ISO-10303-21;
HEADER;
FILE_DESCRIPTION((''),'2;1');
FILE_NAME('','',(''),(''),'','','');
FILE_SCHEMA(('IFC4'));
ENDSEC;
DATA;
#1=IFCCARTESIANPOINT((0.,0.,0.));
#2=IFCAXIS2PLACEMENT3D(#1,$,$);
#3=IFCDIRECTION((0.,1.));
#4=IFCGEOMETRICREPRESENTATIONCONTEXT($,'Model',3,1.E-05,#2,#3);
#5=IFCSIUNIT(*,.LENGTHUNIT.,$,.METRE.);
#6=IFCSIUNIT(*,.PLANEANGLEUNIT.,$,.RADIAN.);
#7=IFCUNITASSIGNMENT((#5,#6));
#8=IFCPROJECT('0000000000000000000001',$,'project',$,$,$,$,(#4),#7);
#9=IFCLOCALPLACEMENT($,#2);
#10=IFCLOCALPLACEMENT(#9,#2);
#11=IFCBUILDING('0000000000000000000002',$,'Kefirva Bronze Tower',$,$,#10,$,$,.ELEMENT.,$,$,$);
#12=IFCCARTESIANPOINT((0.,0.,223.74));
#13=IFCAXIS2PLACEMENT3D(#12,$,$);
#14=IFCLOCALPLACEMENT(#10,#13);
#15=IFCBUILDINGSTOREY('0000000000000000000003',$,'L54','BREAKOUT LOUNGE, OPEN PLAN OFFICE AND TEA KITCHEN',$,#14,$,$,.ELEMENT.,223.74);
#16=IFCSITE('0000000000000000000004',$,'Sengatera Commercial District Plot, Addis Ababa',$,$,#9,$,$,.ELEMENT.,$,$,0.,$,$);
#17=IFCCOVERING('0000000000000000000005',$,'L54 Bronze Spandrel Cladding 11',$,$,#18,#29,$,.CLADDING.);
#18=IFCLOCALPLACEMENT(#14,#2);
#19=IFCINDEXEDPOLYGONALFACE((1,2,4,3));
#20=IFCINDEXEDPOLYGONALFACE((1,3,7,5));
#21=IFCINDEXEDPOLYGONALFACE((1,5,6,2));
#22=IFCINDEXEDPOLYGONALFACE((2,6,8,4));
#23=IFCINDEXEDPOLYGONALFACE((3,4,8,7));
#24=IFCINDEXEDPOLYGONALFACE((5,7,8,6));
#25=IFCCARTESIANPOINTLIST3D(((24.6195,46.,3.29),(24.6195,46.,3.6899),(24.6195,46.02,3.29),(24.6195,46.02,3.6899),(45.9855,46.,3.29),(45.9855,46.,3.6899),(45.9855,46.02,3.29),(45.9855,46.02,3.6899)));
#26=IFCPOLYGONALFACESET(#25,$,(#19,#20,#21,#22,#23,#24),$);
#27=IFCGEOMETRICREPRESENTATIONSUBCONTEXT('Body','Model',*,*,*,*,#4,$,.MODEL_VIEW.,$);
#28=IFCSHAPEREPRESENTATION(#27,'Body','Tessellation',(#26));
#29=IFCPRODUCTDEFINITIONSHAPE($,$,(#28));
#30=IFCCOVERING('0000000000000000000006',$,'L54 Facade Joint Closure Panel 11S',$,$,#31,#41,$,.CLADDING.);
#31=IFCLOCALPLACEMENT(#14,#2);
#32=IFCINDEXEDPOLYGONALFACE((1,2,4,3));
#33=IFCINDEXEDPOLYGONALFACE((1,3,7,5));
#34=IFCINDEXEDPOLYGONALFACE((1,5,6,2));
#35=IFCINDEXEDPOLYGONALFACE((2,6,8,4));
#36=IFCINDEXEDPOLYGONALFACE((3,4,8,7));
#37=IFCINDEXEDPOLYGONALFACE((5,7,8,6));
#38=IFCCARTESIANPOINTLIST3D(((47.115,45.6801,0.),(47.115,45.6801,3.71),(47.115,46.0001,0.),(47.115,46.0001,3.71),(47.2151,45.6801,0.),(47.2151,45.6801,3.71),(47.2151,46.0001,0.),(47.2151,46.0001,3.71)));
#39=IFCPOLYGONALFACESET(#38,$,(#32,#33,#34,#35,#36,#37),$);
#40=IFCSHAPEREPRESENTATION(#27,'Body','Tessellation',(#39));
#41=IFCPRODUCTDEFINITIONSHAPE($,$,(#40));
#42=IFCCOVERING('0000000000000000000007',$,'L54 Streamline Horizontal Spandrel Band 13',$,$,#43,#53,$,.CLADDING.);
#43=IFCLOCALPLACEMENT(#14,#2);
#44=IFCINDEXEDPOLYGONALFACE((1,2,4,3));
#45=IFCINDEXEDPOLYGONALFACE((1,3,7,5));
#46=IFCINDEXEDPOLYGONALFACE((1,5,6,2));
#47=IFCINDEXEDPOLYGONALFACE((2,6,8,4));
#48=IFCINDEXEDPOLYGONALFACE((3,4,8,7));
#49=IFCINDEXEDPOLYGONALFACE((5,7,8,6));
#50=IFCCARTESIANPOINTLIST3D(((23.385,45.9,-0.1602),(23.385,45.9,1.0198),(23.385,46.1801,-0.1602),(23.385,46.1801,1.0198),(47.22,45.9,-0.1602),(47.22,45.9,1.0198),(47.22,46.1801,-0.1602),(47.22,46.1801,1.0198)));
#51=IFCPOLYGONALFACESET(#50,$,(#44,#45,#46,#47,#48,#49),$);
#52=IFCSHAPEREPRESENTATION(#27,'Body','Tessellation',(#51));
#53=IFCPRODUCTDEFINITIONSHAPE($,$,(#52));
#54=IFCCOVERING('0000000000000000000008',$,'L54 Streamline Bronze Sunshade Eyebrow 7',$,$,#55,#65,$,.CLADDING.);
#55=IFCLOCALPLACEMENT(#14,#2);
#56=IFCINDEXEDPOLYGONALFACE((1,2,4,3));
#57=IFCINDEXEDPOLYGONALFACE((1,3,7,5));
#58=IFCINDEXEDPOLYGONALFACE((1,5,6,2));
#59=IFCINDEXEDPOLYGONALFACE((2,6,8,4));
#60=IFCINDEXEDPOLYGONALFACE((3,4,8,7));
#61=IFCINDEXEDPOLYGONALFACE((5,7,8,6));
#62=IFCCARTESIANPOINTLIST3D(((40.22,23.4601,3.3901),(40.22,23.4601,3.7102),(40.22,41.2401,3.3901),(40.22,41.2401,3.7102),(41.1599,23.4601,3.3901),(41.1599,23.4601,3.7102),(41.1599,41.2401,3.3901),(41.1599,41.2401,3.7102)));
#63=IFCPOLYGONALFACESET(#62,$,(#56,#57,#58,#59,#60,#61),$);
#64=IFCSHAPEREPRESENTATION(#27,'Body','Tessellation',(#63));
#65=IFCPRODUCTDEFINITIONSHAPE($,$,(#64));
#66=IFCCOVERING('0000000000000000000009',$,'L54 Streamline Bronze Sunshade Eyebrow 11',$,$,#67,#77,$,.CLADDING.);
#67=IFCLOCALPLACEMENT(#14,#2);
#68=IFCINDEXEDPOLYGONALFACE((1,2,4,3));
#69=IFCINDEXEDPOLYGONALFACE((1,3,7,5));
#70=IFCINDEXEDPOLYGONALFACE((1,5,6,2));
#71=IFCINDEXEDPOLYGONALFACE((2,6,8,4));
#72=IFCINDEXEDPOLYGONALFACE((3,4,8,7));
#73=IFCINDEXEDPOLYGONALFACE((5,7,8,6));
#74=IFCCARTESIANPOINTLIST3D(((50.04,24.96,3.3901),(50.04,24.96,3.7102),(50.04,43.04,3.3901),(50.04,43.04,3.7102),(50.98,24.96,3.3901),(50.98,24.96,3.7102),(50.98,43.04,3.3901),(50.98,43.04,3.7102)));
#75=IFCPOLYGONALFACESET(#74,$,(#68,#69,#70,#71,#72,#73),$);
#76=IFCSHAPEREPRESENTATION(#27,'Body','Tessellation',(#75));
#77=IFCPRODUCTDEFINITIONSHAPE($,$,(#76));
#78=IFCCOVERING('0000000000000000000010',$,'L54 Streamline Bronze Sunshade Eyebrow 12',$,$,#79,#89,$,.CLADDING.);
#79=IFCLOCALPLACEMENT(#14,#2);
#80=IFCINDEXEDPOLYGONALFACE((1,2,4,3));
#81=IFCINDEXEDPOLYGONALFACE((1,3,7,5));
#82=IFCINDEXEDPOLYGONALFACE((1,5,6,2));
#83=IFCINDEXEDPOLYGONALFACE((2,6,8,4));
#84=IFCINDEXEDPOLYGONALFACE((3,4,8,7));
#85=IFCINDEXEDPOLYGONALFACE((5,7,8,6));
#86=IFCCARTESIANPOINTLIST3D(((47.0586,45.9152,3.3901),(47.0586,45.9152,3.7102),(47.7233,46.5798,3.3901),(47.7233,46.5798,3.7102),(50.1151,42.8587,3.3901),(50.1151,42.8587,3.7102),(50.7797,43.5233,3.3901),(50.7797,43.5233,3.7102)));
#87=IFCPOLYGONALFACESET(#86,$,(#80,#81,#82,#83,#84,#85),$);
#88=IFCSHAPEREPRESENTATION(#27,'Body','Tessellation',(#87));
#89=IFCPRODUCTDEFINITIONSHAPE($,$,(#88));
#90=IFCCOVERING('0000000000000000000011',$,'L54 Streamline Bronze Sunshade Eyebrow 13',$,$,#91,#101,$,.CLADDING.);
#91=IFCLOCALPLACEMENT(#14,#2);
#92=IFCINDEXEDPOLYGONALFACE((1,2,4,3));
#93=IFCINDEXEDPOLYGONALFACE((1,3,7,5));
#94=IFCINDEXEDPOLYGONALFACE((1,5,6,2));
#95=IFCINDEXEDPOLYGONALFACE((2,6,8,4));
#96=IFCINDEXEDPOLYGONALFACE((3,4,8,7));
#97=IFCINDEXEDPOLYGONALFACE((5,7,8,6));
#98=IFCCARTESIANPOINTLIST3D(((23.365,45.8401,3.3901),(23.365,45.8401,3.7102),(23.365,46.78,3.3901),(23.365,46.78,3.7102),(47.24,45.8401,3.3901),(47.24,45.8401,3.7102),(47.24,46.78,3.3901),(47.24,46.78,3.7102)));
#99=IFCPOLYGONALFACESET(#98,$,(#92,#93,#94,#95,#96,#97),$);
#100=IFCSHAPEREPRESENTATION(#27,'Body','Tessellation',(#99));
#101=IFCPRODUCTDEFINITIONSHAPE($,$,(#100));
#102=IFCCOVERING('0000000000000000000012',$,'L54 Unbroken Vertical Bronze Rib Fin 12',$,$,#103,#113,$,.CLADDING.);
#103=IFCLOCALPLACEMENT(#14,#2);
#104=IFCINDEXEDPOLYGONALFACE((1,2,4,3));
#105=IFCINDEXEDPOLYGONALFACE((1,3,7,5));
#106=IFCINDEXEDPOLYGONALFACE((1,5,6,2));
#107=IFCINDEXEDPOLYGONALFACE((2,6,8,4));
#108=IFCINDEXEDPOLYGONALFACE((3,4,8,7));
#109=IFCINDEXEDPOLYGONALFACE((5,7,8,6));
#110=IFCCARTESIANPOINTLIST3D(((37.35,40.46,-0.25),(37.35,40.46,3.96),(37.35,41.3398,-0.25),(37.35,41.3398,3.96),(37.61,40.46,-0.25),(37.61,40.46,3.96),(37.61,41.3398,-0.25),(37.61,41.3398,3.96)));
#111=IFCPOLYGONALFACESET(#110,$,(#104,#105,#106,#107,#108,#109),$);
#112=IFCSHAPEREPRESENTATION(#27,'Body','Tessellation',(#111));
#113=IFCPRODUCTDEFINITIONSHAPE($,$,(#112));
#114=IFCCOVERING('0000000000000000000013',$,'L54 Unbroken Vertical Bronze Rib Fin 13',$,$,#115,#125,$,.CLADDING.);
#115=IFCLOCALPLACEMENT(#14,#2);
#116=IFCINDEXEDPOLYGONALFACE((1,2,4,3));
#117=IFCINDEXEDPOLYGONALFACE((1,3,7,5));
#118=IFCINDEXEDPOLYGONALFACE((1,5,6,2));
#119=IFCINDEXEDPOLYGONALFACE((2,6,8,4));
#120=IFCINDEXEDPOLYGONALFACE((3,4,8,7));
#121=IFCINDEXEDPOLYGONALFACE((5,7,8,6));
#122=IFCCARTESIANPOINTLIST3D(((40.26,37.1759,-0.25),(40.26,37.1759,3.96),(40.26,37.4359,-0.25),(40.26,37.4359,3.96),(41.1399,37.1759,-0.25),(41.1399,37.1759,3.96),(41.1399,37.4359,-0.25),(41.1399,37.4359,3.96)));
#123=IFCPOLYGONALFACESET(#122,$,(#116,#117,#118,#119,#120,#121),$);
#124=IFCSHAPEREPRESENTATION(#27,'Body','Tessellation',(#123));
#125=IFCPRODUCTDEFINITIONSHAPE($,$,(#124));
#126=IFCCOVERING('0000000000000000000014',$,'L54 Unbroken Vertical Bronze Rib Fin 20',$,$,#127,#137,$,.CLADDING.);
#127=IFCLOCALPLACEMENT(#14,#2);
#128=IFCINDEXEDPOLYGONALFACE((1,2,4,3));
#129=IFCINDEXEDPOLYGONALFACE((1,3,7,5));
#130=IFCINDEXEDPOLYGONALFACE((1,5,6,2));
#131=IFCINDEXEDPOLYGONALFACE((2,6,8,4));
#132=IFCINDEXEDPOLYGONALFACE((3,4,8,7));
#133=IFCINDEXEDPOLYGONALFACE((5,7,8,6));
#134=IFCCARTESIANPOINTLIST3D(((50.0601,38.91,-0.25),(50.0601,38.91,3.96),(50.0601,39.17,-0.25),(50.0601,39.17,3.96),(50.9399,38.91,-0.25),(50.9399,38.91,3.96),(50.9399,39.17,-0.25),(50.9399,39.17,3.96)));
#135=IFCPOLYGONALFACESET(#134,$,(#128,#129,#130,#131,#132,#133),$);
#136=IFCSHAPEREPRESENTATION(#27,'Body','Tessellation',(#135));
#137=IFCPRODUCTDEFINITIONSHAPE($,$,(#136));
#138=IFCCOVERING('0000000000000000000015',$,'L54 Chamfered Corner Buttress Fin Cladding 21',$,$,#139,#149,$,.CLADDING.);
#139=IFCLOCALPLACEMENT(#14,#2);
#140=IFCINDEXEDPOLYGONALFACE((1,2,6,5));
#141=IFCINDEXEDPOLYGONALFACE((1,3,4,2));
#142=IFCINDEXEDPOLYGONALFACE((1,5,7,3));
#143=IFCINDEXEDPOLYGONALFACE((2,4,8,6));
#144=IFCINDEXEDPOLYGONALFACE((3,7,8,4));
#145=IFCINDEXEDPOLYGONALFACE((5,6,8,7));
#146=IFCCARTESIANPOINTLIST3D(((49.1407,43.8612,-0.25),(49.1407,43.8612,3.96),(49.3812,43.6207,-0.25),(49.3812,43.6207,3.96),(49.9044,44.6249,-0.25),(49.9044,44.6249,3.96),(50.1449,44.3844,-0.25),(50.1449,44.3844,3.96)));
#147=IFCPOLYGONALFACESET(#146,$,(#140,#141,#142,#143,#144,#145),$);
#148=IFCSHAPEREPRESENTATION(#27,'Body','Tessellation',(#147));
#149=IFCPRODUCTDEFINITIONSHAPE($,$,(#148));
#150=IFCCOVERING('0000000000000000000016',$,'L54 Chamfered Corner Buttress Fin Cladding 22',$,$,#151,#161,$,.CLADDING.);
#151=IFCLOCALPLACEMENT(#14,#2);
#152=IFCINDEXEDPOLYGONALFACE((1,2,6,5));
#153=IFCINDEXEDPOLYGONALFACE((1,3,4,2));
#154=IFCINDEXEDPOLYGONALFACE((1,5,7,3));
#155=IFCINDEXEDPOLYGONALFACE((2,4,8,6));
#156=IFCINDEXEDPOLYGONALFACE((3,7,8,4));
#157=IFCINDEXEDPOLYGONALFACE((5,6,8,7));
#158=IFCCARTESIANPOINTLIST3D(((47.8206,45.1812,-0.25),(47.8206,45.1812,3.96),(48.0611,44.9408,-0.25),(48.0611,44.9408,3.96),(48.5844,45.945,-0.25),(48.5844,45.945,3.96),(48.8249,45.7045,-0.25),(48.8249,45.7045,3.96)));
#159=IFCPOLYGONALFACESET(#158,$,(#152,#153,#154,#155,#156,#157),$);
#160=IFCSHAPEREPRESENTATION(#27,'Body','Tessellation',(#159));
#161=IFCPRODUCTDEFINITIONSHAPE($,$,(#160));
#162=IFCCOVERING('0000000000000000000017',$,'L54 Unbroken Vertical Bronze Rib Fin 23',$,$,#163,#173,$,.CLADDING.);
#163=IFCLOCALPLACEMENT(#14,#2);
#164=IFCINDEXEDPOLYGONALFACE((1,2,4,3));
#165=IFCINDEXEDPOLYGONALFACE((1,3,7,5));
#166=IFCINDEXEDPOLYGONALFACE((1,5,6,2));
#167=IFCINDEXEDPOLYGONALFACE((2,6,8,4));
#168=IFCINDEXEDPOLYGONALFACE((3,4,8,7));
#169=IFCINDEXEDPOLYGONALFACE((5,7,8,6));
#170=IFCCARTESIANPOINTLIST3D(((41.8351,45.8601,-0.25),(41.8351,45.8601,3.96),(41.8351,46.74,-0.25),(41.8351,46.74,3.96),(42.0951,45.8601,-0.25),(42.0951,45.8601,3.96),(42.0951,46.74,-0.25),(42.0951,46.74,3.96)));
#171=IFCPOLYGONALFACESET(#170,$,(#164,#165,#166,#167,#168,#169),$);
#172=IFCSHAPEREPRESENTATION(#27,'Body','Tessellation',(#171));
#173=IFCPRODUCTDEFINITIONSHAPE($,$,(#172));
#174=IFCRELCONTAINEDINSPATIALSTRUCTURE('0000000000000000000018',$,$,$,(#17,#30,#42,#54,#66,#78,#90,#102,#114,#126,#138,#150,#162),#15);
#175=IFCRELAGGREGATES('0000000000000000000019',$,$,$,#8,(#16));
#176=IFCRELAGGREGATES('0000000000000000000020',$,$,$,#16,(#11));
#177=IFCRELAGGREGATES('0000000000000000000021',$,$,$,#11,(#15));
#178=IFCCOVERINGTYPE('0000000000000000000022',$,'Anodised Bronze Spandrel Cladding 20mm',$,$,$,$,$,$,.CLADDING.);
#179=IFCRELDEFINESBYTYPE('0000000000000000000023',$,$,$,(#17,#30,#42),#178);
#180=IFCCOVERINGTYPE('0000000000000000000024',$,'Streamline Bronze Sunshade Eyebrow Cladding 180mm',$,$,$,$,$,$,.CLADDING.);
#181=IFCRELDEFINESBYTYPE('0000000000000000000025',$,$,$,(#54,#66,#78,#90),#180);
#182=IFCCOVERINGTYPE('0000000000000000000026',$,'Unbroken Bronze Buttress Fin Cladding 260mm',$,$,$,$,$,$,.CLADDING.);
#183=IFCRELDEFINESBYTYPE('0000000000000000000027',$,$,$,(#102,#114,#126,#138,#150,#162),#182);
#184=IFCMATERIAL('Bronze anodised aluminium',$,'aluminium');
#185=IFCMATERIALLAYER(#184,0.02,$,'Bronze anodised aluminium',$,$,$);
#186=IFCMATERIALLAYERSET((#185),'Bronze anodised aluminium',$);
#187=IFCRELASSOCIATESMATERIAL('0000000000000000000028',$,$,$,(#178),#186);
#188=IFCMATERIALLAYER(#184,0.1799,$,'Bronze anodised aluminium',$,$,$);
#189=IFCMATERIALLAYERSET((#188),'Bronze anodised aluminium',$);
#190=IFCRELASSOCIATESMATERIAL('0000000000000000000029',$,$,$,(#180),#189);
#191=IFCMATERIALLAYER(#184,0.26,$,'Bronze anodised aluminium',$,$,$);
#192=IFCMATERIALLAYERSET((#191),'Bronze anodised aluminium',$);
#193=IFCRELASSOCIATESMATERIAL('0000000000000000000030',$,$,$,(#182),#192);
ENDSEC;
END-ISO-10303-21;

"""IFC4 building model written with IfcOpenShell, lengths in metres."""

from ifc_helpers import new_model, si_unit, direction, frame, origin, origin_2d, place, context, subcontext, project, spatial, rectangle, extrude, material, layer, layer_set, type_object, element, save


model = new_model("IFC4")

# Units and contexts
model_context = context("Model", 3, precision=1e-05, world=origin(), true_north=direction((0.0, 1.0)))
body_context = subcontext(model_context, "Body", "Model", "MODEL_VIEW")
ifc_project = project(units=[si_unit("LENGTHUNIT", "METRE"), si_unit("PLANEANGLEUNIT", "RADIAN")], contexts=[model_context])

# Site, building, storey
site_placement = place(None, origin())
site = spatial("IfcSite", under=ifc_project, at=site_placement, Name="Sengatera Commercial District Plot, Addis Ababa", CompositionType="ELEMENT", RefElevation=0.0)
building_placement = place(site_placement, origin())
building = spatial("IfcBuilding", under=site, at=building_placement, Name="Kefirva Bronze Tower", CompositionType="ELEMENT")
storey_placement = place(building_placement, frame((0.0, 0.0, 223.74)))
storey = spatial("IfcBuildingStorey", under=building, at=storey_placement, Name="L54", Description="BREAKOUT LOUNGE, OPEN PLAN OFFICE AND TEA KITCHEN", CompositionType="ELEMENT", Elevation=223.74)

# Shared definitions
ifc_material_1 = material(Name="Bronze anodised aluminium", Category="aluminium")

# Coverings
ifc_layer_1 = layer(ifc_material_1, 0.02, Name="Bronze anodised aluminium")
ifc_layer_set_1 = layer_set([ifc_layer_1], Name="Bronze anodised aluminium")
covering_type_1 = type_object("IfcCoveringType", Name="Anodised Bronze Spandrel Cladding 20mm", PredefinedType="CLADDING", material=ifc_layer_set_1)
covering_1_placement = place(storey_placement, frame((35.3025, 46.01, 3.29), z_axis=(0.0, 0.0, 1.0), x_axis=(-1.0, 0.0, 0.0)))
element("IfcCovering", 1, at=covering_1_placement, inside=storey, type_object=covering_type_1, Name="L54 Bronze Spandrel Cladding 11", PredefinedType="CLADDING", context=body_context, shape_type="SweptSolid", body=[
    extrude(rectangle(XDim=21.366, YDim=0.02, at=origin_2d()), origin(), (0.0, 0.0, 1.0), 0.3999),
])
covering_2_placement = place(storey_placement, frame((47.165, 45.8401, 0.0), z_axis=(0.0, 0.0, 1.0), x_axis=(-1.0, 0.0, 0.0)))
element("IfcCovering", 2, at=covering_2_placement, inside=storey, type_object=covering_type_1, Name="L54 Facade Joint Closure Panel 11S", PredefinedType="CLADDING", context=body_context, shape_type="SweptSolid", body=[
    extrude(rectangle(XDim=0.1001, YDim=0.3201, at=origin_2d()), origin(), (0.0, 0.0, 1.0), 3.71),
])
covering_3_placement = place(storey_placement, frame((35.3025, 46.04, -0.1602), z_axis=(0.0, 0.0, 1.0), x_axis=(-1.0, 0.0, 0.0)))
element("IfcCovering", 3, at=covering_3_placement, inside=storey, type_object=covering_type_1, Name="L54 Streamline Horizontal Spandrel Band 13", PredefinedType="CLADDING", context=body_context, shape_type="SweptSolid", body=[
    extrude(rectangle(XDim=23.835, YDim=0.28, at=origin_2d()), origin(), (0.0, 0.0, 1.0), 1.1799),
])
ifc_layer_2 = layer(ifc_material_1, 0.1799, Name="Bronze anodised aluminium")
ifc_layer_set_2 = layer_set([ifc_layer_2], Name="Bronze anodised aluminium")
covering_type_2 = type_object("IfcCoveringType", Name="Streamline Bronze Sunshade Eyebrow Cladding 180mm", PredefinedType="CLADDING", material=ifc_layer_set_2)
covering_4_placement = place(storey_placement, frame((40.6899, 32.3501, 3.3901), z_axis=(0.0, 0.0, 1.0), x_axis=(0.0, -1.0, 0.0)))
element("IfcCovering", 4, at=covering_4_placement, inside=storey, type_object=covering_type_2, Name="L54 Streamline Bronze Sunshade Eyebrow 7", PredefinedType="CLADDING", context=body_context, shape_type="SweptSolid", body=[
    extrude(rectangle(XDim=17.78, YDim=0.9399, at=origin_2d()), origin(), (0.0, 0.0, 1.0), 0.3201),
])
covering_5_placement = place(storey_placement, frame((50.51, 34.0, 3.3901), z_axis=(0.0, 0.0, 1.0), x_axis=(0.0, 1.0, 0.0)))
element("IfcCovering", 5, at=covering_5_placement, inside=storey, type_object=covering_type_2, Name="L54 Streamline Bronze Sunshade Eyebrow 11", PredefinedType="CLADDING", context=body_context, shape_type="SweptSolid", body=[
    extrude(rectangle(XDim=18.0801, YDim=0.9399, at=origin_2d()), origin(), (0.0, 0.0, 1.0), 0.3201),
])
covering_6_placement = place(storey_placement, frame((48.9192, 44.7192, 3.3901), z_axis=(0.0, 0.0, 1.0), x_axis=(-0.707107, 0.707107, 0.0)))
element("IfcCovering", 6, at=covering_6_placement, inside=storey, type_object=covering_type_2, Name="L54 Streamline Bronze Sunshade Eyebrow 12", PredefinedType="CLADDING", context=body_context, shape_type="SweptSolid", body=[
    extrude(rectangle(XDim=4.3225, YDim=0.9399, at=origin_2d()), origin(), (0.0, 0.0, 1.0), 0.3201),
])
covering_7_placement = place(storey_placement, frame((35.3025, 46.3101, 3.3901), z_axis=(0.0, 0.0, 1.0), x_axis=(-1.0, 0.0, 0.0)))
element("IfcCovering", 7, at=covering_7_placement, inside=storey, type_object=covering_type_2, Name="L54 Streamline Bronze Sunshade Eyebrow 13", PredefinedType="CLADDING", context=body_context, shape_type="SweptSolid", body=[
    extrude(rectangle(XDim=23.875, YDim=0.9399, at=origin_2d()), origin(), (0.0, 0.0, 1.0), 0.3201),
])
ifc_layer_3 = layer(ifc_material_1, 0.26, Name="Bronze anodised aluminium")
ifc_layer_set_3 = layer_set([ifc_layer_3], Name="Bronze anodised aluminium")
covering_type_3 = type_object("IfcCoveringType", Name="Unbroken Bronze Buttress Fin Cladding 260mm", PredefinedType="CLADDING", material=ifc_layer_set_3)
for number, where, z_axis, x_axis, name in (
    (8, (37.48, 40.8999, -0.25), (0.0, 0.0, 1.0), (1.0, 0.0, 0.0), "L54 Unbroken Vertical Bronze Rib Fin 12"),
    (9, (40.7, 37.3059, -0.25), (0.0, 0.0, 1.0), (0.0, -1.0, 0.0), "L54 Unbroken Vertical Bronze Rib Fin 13"),
    (10, (50.5, 39.04, -0.25), (0.0, 0.0, 1.0), (0.0, 1.0, 0.0), "L54 Unbroken Vertical Bronze Rib Fin 20"),
):
    element("IfcCovering", number, at=place(storey_placement, frame(where, z_axis=z_axis, x_axis=x_axis)), inside=storey, type_object=covering_type_3, Name=name, PredefinedType="CLADDING", context=body_context, shape_type="SweptSolid", body=[
        extrude(rectangle(XDim=0.26, YDim=0.8799, at=origin_2d()), origin(), (0.0, 0.0, 1.0), 4.21),
    ])
for number, where, z_axis, x_axis, name in (
    (11, (49.6428, 44.1228, -0.25), (0.0, 0.0, 1.0), (-0.707107, 0.707107, 0.0), "L54 Chamfered Corner Buttress Fin Cladding 21"),
    (12, (48.3228, 45.4429, -0.25), (0.0, 0.0, 1.0), (-0.707107, 0.707107, 0.0), "L54 Chamfered Corner Buttress Fin Cladding 22"),
):
    element("IfcCovering", number, at=place(storey_placement, frame(where, z_axis=z_axis, x_axis=x_axis)), inside=storey, type_object=covering_type_3, Name=name, PredefinedType="CLADDING", context=body_context, shape_type="SweptSolid", body=[
        extrude(rectangle(XDim=0.3401, YDim=1.0801, at=origin_2d()), origin(), (0.0, 0.0, 1.0), 4.21),
    ])
covering_8_placement = place(storey_placement, frame((41.9651, 46.3, -0.25), z_axis=(0.0, 0.0, 1.0), x_axis=(-1.0, 0.0, 0.0)))
element("IfcCovering", 13, at=covering_8_placement, inside=storey, type_object=covering_type_3, Name="L54 Unbroken Vertical Bronze Rib Fin 23", PredefinedType="CLADDING", context=body_context, shape_type="SweptSolid", body=[
    extrude(rectangle(XDim=0.26, YDim=0.8799, at=origin_2d()), origin(), (0.0, 0.0, 1.0), 4.21),
])

save(model, "model.ifc")
